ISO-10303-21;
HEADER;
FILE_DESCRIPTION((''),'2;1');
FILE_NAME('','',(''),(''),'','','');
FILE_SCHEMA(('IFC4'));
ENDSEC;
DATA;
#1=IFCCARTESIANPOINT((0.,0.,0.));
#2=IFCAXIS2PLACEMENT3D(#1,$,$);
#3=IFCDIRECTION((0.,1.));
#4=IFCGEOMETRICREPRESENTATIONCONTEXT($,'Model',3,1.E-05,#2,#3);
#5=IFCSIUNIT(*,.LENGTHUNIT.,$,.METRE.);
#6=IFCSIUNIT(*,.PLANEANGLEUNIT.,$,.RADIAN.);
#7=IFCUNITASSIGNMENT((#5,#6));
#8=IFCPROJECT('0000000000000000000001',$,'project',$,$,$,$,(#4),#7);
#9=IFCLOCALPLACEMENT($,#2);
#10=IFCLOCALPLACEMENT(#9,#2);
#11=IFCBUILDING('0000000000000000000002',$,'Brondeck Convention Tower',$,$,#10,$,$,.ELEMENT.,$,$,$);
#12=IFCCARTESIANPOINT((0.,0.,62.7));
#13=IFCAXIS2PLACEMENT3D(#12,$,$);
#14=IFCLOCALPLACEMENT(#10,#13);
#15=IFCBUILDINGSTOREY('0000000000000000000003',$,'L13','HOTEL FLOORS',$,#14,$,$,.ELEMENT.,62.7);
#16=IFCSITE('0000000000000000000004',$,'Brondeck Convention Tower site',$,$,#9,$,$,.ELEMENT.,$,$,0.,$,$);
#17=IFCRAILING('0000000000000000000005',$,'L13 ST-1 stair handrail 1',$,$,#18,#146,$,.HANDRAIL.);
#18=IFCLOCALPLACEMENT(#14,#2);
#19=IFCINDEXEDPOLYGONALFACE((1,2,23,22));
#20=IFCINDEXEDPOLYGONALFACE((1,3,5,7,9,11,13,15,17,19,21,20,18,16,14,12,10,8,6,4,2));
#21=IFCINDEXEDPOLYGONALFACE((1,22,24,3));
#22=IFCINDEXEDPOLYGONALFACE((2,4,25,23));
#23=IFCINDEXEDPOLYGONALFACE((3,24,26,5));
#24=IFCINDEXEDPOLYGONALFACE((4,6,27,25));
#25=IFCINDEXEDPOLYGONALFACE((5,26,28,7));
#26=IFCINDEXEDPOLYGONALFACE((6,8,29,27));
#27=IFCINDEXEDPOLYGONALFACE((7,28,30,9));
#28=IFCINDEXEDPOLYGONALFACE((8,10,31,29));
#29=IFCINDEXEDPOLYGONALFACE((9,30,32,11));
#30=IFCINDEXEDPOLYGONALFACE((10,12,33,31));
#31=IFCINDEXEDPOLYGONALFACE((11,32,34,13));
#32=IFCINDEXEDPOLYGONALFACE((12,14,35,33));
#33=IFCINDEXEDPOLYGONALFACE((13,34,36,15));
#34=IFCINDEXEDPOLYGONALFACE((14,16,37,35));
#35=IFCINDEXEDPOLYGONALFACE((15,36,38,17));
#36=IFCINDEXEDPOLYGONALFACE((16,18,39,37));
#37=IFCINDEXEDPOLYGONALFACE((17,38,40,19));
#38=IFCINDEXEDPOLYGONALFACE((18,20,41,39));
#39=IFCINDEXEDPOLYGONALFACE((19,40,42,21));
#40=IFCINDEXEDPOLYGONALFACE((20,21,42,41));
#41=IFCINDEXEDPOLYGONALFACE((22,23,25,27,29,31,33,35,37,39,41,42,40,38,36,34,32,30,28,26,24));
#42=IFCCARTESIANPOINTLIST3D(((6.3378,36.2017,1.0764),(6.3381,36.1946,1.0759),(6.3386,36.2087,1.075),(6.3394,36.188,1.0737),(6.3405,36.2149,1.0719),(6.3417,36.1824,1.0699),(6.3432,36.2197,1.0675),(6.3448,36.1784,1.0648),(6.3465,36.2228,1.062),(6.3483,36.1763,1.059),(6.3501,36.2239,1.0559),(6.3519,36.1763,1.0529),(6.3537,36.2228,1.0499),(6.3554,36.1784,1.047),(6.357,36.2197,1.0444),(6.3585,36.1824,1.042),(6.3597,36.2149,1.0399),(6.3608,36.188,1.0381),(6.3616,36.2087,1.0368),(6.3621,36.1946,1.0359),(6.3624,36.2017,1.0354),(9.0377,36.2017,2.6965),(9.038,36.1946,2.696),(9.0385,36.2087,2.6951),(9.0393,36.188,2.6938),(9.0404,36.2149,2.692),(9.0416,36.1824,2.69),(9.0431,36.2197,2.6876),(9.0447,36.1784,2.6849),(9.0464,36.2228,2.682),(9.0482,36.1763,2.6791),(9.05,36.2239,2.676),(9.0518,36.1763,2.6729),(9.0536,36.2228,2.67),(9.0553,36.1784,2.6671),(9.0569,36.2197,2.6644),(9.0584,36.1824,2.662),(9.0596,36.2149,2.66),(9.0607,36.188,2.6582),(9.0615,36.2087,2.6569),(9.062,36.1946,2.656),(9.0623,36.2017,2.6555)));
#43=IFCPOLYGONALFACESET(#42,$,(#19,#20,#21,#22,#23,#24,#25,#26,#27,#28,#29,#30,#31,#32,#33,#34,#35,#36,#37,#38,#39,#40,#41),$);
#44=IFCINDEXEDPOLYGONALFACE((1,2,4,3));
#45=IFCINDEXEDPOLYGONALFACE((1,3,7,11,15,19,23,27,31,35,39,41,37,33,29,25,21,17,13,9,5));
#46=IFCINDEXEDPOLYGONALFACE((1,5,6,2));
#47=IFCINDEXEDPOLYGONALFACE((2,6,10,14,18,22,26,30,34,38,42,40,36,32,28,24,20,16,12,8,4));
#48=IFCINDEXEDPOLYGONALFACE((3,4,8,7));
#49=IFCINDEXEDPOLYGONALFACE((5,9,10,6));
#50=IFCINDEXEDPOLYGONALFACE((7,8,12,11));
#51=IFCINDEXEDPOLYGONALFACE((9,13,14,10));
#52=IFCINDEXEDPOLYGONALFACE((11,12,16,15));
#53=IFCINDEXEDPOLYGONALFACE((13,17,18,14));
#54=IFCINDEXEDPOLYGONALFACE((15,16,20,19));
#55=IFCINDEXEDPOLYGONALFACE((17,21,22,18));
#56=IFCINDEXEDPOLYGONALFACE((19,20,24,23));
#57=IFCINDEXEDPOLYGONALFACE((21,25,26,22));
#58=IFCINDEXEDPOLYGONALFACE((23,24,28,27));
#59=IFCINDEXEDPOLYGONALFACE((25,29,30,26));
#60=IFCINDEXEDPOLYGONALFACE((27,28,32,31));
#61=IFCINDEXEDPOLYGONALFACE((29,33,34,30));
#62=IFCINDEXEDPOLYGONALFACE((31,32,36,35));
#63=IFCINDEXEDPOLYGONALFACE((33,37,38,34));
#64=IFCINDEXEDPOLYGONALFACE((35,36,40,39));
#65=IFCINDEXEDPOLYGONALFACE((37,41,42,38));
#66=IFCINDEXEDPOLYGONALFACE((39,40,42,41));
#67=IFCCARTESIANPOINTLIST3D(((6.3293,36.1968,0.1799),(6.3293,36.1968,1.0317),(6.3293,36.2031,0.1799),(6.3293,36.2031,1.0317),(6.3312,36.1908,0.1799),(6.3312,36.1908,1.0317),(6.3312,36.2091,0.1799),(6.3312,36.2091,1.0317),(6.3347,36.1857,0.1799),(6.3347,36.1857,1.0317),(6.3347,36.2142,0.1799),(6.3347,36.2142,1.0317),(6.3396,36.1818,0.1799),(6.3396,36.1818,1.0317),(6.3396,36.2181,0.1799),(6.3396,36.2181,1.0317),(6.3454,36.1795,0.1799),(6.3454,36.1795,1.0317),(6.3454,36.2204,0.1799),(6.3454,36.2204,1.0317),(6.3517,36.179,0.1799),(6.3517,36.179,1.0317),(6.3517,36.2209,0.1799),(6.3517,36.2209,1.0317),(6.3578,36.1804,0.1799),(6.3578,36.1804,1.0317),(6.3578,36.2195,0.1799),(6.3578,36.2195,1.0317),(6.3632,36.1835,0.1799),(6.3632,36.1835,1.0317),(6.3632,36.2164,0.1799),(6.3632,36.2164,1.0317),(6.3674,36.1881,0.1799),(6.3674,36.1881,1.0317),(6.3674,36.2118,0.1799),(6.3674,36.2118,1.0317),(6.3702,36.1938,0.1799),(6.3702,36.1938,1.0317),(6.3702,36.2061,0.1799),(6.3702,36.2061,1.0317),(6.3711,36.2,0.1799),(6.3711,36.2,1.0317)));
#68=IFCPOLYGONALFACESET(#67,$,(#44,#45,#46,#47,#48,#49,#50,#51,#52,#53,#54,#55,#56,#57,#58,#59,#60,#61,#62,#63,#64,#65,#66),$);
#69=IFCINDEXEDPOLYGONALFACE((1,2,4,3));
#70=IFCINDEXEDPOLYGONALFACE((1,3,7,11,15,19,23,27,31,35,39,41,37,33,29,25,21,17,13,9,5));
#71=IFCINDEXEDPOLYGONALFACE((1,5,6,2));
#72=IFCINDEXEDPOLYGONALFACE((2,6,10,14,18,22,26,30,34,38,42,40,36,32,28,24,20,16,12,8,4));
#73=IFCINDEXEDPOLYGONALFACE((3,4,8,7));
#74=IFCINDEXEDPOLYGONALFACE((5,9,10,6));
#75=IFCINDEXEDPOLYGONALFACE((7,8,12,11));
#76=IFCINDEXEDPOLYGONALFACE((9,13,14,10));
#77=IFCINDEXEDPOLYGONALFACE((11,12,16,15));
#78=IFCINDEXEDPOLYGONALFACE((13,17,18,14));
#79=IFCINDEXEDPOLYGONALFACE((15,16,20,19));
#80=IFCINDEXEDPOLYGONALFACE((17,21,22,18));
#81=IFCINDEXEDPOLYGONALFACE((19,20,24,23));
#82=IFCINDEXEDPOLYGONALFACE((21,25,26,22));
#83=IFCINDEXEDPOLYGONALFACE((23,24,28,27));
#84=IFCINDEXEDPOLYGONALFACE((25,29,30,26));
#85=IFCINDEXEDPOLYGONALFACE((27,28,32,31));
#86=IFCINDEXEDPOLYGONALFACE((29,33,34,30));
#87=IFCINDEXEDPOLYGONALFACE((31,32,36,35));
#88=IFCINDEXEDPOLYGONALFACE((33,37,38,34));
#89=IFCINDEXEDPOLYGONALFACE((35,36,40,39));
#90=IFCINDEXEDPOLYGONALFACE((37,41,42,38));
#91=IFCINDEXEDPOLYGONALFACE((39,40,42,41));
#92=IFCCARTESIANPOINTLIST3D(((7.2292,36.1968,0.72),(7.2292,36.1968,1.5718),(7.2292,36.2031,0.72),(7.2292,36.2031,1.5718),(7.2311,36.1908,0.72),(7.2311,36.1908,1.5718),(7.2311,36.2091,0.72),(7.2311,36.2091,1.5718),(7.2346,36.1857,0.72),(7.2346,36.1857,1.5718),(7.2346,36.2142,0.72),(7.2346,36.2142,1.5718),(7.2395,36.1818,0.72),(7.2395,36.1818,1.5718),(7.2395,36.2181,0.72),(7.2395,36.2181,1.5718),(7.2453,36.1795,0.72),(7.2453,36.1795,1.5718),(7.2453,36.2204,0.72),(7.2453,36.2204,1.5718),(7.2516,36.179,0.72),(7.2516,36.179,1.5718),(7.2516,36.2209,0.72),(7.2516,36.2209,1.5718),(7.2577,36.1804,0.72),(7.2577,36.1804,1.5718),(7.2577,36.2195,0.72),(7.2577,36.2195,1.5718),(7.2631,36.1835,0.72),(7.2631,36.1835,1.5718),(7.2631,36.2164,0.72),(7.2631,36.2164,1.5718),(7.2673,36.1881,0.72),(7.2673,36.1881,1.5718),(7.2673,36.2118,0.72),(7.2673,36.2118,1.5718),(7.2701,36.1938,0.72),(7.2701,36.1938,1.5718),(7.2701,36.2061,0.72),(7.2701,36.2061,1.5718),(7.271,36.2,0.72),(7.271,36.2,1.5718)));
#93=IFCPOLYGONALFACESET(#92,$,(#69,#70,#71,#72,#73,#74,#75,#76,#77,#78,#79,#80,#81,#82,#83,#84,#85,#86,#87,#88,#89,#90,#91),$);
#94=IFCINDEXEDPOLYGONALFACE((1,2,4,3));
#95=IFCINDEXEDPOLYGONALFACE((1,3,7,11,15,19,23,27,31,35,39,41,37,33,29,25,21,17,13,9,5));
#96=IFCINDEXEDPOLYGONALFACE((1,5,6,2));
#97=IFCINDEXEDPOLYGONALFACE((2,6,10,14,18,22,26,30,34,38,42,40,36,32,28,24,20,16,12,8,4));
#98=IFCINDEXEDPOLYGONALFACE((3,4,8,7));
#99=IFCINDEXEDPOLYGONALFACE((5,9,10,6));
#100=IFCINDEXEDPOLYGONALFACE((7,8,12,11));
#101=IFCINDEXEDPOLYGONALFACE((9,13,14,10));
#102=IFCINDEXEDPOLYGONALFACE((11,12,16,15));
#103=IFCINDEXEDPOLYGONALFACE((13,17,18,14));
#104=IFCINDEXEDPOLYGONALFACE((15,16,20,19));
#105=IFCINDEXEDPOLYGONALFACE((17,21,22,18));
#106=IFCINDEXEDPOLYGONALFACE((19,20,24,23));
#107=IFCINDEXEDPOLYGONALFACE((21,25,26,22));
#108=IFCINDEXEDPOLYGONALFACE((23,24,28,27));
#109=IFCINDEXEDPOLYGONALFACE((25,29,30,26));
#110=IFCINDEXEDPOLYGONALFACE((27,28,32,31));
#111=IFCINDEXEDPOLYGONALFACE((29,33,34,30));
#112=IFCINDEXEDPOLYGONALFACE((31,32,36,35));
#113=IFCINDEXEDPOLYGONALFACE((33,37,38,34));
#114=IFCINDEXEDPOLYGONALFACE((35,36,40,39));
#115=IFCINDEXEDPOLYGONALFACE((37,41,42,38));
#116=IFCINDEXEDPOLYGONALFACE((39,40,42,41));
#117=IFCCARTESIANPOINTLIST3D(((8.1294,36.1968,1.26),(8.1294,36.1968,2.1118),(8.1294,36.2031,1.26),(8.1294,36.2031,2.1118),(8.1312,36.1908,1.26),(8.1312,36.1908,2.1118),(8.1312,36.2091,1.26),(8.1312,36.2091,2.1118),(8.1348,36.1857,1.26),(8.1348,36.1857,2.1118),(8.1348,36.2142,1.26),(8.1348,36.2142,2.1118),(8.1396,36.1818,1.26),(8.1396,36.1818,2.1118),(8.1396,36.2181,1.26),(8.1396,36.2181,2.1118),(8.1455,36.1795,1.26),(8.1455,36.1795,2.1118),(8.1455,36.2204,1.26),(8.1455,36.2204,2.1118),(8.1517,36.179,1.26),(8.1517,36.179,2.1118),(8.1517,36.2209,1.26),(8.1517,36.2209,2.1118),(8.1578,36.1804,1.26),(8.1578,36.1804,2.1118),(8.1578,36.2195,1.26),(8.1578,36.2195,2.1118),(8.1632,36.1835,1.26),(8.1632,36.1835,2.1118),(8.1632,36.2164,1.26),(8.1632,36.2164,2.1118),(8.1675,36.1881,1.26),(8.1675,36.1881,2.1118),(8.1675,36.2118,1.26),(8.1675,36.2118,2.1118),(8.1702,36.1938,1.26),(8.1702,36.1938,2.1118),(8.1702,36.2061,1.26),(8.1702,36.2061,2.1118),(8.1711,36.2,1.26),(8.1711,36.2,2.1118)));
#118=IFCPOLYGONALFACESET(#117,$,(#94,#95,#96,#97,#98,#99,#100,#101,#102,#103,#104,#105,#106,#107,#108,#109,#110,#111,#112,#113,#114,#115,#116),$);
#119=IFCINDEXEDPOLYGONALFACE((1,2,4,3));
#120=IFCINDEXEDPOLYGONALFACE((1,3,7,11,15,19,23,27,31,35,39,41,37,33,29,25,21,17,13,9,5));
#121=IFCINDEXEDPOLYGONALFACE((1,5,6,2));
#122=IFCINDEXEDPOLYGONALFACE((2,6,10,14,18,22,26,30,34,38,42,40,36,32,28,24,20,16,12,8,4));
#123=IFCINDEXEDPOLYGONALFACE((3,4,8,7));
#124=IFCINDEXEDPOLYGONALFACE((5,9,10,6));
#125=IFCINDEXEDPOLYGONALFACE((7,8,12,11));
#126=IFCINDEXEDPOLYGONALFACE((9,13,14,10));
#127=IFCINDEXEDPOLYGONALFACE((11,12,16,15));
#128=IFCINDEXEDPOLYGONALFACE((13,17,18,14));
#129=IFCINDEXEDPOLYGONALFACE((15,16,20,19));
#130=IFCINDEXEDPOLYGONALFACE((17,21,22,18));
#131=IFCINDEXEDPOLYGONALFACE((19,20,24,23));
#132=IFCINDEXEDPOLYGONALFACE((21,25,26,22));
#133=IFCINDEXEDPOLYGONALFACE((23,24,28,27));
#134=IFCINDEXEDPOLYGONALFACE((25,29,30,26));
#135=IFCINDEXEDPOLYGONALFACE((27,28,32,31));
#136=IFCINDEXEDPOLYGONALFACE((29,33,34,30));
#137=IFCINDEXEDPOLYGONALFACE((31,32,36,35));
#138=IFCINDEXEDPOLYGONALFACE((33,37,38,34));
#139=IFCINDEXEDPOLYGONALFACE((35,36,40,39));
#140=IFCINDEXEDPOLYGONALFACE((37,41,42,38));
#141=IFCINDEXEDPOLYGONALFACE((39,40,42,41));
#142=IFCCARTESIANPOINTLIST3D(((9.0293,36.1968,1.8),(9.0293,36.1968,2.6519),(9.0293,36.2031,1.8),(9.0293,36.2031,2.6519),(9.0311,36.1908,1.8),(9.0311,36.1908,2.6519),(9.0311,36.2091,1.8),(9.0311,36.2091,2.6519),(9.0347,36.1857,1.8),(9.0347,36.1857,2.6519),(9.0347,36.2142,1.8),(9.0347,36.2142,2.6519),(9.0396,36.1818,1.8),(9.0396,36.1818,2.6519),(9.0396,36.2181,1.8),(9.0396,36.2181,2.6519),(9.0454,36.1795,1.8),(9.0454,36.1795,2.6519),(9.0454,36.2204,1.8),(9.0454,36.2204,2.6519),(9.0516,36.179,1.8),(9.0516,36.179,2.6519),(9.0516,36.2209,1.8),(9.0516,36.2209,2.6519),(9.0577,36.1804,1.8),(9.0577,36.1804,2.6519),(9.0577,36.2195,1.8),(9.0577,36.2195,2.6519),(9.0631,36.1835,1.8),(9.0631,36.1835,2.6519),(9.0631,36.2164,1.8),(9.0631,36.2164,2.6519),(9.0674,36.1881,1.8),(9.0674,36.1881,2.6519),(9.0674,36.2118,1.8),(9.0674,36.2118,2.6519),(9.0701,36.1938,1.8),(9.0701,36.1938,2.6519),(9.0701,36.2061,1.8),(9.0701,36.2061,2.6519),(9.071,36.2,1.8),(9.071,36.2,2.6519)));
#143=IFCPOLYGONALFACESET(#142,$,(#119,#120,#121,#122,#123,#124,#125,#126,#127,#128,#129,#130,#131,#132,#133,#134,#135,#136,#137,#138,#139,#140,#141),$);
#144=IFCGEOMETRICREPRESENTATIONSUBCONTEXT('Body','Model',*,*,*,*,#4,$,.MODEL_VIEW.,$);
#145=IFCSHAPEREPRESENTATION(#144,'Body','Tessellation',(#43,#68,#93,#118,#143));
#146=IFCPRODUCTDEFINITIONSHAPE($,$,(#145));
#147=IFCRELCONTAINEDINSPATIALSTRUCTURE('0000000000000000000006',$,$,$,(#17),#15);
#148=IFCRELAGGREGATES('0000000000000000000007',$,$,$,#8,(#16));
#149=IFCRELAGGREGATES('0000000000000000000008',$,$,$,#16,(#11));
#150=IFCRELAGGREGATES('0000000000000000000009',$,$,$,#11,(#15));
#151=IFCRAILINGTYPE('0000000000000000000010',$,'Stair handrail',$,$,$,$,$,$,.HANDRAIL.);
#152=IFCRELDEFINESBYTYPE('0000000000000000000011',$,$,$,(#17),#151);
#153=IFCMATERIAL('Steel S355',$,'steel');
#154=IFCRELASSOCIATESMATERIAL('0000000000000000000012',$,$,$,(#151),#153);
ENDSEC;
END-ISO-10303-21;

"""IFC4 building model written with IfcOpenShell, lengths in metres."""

from ifc_helpers import new_model, si_unit, direction, frame, origin, origin_2d, place, context, subcontext, project, spatial, circle, extrude, material, type_object, element, save


model = new_model("IFC4")

# Units and contexts
model_context = context("Model", 3, precision=1e-05, world=origin(), true_north=direction((0.0, 1.0)))
body_context = subcontext(model_context, "Body", "Model", "MODEL_VIEW")
ifc_project = project(units=[si_unit("LENGTHUNIT", "METRE"), si_unit("PLANEANGLEUNIT", "RADIAN")], contexts=[model_context])

# Site, building, storey
site_placement = place(None, origin())
site = spatial("IfcSite", under=ifc_project, at=site_placement, Name="Brondeck Convention Tower site", CompositionType="ELEMENT", RefElevation=0.0)
building_placement = place(site_placement, origin())
building = spatial("IfcBuilding", under=site, at=building_placement, Name="Brondeck Convention Tower", CompositionType="ELEMENT")
storey_placement = place(building_placement, frame((0.0, 0.0, 62.7)))
storey = spatial("IfcBuildingStorey", under=building, at=storey_placement, Name="L13", Description="HOTEL FLOORS", CompositionType="ELEMENT", Elevation=62.7)

# Railing
ifc_material_1 = material(Name="Steel S355", Category="steel")
railing_type_1 = type_object("IfcRailingType", Name="Stair handrail", PredefinedType="HANDRAIL", material=ifc_material_1)
railing_1_placement = place(storey_placement, frame((6.3501, 36.2, 0.1799)))
element("IfcRailing", 1, at=railing_1_placement, inside=storey, type_object=railing_type_1, Name="L13 ST-1 stair handrail 1", PredefinedType="HANDRAIL", context=body_context, shape_type="SweptSolid", body=[
    extrude(circle(Radius=0.0239, at=origin_2d()), frame((0.0, 0.0, 0.876), z_axis=(0.857472, 0.0, 0.51453), x_axis=(0.0, 1.0, 0.0)), (0.0, 0.0, 1.0), 3.1487),
    extrude(circle(Radius=0.021, at=origin_2d()), origin(), (0.0, 0.0, 1.0), 0.8518),
    extrude(circle(Radius=0.021, at=origin_2d()), frame((0.8999, 0.0, 0.54)), (0.0, 0.0, 1.0), 0.8518),
    extrude(circle(Radius=0.021, at=origin_2d()), frame((1.8, 0.0, 1.0801)), (0.0, 0.0, 1.0), 0.8518),
    extrude(circle(Radius=0.021, at=origin_2d()), frame((2.7, 0.0, 1.6201)), (0.0, 0.0, 1.0), 0.8518),
])

save(model, "model.ifc")
